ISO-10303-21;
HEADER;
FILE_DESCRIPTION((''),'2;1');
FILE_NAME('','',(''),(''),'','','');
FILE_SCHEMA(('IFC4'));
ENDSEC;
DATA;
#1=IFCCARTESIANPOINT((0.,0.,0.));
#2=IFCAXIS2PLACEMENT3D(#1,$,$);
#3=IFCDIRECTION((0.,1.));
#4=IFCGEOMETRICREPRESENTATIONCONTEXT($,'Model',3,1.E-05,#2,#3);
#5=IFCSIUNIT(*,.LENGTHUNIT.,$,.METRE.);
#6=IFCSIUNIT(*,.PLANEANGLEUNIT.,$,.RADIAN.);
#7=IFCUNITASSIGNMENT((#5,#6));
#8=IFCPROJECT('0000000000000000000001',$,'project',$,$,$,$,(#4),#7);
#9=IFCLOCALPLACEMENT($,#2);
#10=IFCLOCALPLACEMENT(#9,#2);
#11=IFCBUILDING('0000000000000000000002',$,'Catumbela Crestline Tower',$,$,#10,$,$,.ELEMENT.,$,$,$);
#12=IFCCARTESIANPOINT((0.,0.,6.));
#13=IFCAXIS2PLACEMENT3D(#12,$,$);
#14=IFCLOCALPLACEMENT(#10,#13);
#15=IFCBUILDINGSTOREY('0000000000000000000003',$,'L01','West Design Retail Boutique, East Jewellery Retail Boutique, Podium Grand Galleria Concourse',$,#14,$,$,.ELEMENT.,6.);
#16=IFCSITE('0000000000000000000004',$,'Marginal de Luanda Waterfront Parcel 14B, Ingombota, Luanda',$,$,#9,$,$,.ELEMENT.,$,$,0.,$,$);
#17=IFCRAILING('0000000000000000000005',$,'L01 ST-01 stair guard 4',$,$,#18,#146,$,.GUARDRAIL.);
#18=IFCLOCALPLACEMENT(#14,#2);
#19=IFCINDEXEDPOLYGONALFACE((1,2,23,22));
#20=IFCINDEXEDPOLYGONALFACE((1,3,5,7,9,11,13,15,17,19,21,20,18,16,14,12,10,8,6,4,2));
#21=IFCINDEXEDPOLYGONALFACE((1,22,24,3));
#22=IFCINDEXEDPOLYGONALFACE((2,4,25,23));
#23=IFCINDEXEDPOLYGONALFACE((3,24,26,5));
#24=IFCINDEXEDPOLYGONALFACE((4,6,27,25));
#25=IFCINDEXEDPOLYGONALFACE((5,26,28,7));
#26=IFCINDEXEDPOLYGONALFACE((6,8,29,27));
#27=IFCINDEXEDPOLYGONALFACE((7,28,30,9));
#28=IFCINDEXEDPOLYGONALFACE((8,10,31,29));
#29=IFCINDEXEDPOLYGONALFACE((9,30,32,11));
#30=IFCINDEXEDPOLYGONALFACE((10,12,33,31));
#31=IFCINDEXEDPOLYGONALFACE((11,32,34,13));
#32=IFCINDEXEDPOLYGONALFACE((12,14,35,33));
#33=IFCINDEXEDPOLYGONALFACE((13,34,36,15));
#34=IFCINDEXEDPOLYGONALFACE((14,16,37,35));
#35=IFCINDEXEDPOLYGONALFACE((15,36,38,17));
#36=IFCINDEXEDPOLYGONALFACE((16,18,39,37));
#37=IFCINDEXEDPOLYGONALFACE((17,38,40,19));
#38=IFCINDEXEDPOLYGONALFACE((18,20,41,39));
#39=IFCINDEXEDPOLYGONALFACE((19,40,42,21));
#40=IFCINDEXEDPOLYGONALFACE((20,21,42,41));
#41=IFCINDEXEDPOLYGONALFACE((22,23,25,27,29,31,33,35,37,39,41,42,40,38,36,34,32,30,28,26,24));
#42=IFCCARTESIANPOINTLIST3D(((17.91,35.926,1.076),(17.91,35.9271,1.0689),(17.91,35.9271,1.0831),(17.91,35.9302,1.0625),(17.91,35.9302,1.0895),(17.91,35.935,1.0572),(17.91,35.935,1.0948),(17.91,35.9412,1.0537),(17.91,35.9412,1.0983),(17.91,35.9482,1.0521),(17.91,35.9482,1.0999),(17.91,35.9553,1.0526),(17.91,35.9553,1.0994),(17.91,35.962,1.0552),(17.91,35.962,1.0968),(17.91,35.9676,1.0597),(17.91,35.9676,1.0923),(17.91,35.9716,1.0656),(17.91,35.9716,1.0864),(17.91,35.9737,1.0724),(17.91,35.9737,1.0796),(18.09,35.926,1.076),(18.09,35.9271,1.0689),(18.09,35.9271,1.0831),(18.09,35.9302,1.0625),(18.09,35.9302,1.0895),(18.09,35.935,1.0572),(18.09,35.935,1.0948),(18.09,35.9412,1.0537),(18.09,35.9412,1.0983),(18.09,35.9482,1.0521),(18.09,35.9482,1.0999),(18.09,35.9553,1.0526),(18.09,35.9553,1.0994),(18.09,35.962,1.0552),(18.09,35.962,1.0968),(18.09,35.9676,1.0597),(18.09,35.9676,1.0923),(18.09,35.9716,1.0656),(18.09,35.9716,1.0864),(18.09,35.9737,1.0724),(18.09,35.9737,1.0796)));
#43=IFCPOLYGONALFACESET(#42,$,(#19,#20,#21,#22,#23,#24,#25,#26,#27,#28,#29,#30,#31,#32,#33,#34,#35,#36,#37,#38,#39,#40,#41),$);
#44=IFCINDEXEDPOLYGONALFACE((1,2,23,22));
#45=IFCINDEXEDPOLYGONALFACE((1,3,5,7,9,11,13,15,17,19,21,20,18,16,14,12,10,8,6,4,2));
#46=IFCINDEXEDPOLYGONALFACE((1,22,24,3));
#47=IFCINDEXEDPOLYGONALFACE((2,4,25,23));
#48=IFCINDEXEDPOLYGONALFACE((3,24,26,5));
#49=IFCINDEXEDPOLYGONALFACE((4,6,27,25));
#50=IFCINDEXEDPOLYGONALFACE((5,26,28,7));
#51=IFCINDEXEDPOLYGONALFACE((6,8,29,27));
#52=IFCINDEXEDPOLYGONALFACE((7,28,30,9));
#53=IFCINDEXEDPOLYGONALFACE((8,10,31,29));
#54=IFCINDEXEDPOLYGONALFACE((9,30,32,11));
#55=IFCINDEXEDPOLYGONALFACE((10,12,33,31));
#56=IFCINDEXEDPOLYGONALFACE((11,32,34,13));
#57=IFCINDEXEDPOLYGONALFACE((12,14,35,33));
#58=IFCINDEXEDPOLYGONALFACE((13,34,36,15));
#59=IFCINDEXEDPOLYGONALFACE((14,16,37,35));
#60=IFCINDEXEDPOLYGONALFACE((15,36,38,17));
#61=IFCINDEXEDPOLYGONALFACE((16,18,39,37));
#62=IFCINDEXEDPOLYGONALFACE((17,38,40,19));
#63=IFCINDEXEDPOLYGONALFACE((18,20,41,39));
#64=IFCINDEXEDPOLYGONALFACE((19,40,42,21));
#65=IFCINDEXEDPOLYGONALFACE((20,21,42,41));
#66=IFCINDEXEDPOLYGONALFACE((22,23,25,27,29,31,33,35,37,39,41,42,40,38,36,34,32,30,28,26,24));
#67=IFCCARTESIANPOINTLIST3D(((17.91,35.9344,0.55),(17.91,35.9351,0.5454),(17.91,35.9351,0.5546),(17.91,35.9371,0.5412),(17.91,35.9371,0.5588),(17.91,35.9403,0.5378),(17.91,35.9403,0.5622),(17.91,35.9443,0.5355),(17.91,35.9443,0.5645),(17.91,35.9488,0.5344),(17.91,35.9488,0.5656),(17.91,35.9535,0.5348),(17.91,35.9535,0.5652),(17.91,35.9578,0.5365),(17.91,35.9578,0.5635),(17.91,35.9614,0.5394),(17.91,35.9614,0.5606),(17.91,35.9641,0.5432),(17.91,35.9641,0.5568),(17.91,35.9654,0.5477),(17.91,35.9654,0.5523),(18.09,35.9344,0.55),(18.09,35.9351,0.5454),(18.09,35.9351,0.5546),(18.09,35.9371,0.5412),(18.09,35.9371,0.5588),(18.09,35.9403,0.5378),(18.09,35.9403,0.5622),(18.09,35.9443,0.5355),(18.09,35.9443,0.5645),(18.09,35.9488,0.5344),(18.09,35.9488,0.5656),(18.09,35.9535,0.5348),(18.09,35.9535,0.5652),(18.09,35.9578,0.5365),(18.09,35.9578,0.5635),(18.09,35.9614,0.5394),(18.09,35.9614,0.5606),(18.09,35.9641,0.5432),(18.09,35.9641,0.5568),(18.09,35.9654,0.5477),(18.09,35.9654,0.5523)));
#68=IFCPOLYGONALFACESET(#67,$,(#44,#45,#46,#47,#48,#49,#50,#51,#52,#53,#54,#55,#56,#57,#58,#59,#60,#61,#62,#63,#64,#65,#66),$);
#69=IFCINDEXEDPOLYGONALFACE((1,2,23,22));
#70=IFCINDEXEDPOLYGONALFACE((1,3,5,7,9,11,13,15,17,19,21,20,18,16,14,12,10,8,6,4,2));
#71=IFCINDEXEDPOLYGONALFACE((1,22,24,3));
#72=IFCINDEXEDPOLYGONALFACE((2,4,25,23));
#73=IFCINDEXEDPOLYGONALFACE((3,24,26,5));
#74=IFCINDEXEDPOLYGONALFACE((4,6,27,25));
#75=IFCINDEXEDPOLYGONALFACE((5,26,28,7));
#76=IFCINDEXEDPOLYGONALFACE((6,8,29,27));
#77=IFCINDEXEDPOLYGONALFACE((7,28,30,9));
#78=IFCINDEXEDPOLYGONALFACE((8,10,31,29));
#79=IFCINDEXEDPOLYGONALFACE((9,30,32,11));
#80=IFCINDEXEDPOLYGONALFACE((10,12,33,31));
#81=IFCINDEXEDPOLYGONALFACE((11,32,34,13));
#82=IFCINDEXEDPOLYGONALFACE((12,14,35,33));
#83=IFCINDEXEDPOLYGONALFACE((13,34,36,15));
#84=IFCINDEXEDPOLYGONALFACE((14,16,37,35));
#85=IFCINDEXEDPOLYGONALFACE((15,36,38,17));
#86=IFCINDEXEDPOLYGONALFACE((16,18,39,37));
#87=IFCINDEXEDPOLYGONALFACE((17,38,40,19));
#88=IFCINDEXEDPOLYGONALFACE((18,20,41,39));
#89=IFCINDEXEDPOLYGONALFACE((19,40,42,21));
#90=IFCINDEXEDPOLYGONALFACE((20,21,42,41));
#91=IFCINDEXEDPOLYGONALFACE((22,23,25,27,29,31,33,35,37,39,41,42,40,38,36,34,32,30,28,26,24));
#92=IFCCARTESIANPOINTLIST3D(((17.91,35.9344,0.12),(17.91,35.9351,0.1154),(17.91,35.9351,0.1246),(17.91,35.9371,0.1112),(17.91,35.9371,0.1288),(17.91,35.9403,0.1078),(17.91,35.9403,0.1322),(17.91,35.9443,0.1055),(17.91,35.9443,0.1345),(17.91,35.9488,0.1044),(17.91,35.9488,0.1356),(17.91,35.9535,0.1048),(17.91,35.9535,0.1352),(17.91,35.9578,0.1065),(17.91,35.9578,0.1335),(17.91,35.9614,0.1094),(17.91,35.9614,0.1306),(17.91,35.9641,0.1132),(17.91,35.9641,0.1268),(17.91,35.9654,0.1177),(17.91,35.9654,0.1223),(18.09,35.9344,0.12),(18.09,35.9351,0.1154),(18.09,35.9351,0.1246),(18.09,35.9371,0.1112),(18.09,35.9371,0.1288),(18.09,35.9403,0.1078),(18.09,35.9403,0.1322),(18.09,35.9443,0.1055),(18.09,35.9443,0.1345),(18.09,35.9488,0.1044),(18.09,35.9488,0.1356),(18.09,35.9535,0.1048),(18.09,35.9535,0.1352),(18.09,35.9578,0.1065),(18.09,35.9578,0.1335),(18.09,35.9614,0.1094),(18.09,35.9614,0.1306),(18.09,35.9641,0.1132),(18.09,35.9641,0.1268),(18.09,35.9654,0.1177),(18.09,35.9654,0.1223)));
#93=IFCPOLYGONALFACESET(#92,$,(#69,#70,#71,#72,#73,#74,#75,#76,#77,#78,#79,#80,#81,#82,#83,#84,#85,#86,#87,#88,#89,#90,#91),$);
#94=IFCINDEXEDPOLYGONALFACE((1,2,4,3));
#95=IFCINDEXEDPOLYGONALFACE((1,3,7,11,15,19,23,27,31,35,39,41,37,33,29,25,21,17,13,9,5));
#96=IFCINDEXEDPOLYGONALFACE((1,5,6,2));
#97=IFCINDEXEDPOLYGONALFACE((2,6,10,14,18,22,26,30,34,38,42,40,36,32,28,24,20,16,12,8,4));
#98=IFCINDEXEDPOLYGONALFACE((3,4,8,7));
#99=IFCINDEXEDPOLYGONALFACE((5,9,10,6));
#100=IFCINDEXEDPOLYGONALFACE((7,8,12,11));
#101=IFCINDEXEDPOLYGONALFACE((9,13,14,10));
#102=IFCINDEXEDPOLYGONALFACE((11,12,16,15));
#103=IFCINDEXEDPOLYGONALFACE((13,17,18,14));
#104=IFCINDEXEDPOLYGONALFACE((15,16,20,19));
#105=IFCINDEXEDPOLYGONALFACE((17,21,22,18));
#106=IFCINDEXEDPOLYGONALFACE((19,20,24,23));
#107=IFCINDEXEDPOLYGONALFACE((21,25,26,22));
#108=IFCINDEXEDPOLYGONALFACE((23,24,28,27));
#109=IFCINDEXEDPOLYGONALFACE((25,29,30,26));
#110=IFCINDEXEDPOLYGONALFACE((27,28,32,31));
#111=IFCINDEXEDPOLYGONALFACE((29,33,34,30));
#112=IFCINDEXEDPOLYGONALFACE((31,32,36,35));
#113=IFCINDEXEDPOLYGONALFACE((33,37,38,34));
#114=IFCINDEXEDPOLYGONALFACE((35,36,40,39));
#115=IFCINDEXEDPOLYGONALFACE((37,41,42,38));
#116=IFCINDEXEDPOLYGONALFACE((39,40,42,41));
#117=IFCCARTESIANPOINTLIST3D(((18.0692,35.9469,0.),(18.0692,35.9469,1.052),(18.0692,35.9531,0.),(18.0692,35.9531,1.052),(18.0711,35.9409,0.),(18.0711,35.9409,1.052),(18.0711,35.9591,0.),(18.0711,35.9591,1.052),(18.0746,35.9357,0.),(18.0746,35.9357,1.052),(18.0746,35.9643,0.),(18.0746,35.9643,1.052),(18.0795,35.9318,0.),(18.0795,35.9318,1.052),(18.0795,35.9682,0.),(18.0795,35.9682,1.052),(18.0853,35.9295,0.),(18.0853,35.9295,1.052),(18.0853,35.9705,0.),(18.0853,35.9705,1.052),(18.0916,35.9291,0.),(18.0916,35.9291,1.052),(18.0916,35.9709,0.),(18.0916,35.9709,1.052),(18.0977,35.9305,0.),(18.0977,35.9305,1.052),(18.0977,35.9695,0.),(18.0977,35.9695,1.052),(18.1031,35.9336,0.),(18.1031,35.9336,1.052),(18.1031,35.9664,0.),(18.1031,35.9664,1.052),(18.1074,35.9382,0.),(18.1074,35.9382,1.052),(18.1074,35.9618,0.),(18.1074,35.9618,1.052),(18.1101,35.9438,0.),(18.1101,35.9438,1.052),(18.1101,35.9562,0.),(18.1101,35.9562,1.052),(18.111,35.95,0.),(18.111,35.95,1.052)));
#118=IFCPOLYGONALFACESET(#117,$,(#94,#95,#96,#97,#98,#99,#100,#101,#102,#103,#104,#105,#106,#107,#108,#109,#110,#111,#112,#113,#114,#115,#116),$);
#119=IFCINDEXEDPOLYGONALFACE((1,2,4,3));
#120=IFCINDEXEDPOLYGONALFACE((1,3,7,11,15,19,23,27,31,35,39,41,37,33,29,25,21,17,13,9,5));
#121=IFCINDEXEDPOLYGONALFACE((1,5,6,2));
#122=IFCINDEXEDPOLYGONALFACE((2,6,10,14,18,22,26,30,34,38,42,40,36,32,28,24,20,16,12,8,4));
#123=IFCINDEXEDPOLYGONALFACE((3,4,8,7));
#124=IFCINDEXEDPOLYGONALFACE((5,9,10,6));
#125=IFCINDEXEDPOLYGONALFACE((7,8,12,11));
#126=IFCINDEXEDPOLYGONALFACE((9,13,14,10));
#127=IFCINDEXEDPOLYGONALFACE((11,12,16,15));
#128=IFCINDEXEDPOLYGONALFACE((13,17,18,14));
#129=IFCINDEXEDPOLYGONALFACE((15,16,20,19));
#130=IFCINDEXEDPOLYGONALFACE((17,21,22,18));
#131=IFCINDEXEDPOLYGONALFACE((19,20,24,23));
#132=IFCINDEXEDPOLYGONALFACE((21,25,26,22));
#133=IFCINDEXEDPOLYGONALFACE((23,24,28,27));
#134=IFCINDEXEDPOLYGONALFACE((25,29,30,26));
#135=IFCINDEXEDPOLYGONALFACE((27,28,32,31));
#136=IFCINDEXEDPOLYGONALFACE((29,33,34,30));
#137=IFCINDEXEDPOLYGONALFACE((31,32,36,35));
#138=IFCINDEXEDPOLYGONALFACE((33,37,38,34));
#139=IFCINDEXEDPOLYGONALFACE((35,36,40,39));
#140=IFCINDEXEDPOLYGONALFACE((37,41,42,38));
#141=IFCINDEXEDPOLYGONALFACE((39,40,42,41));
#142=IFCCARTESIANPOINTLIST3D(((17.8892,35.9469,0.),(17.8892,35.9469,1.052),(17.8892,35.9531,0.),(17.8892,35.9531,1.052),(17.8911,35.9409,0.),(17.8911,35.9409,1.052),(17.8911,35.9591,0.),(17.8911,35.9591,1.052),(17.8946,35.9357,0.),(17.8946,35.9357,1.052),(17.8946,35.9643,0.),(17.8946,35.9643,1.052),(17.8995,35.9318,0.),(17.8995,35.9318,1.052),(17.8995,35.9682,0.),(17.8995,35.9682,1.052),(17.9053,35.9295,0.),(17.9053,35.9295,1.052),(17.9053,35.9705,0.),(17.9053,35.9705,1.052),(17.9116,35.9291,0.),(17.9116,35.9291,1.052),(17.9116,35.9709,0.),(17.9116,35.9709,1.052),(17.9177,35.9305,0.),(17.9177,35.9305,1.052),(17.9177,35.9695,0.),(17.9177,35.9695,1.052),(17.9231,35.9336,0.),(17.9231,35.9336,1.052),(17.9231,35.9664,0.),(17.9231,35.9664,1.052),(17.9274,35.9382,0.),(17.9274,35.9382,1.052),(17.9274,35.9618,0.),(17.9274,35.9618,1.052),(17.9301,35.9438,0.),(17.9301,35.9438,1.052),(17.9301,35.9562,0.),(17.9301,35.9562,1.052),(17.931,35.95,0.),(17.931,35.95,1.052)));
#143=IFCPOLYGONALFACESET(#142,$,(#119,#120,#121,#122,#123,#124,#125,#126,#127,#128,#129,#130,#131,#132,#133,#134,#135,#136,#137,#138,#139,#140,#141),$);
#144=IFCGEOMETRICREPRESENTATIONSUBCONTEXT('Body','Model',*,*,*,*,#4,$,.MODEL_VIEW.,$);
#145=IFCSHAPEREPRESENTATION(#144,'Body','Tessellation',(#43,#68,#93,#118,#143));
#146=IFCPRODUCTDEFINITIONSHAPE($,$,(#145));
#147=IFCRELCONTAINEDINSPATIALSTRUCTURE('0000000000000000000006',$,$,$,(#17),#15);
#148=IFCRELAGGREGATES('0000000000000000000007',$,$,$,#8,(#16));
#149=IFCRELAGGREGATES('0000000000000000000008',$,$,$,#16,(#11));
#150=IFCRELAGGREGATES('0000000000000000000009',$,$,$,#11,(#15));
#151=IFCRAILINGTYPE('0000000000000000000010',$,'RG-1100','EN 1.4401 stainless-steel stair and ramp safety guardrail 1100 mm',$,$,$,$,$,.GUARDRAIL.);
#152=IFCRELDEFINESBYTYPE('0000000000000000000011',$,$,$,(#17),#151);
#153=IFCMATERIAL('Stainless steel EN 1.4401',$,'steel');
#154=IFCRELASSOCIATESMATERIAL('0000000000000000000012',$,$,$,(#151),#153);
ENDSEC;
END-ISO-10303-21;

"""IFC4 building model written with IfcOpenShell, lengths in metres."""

from ifc_helpers import new_model, si_unit, direction, frame, origin, origin_2d, place, context, subcontext, project, spatial, circle, extrude, material, type_object, element, save


model = new_model("IFC4")

# Units and contexts
model_context = context("Model", 3, precision=1e-05, world=origin(), true_north=direction((0.0, 1.0)))
body_context = subcontext(model_context, "Body", "Model", "MODEL_VIEW")
ifc_project = project(units=[si_unit("LENGTHUNIT", "METRE"), si_unit("PLANEANGLEUNIT", "RADIAN")], contexts=[model_context])

# Site, building, storey
site_placement = place(None, origin())
site = spatial("IfcSite", under=ifc_project, at=site_placement, Name="Marginal de Luanda Waterfront Parcel 14B, Ingombota, Luanda", CompositionType="ELEMENT", RefElevation=0.0)
building_placement = place(site_placement, origin())
building = spatial("IfcBuilding", under=site, at=building_placement, Name="Catumbela Crestline Tower", CompositionType="ELEMENT")
storey_placement = place(building_placement, frame((0.0, 0.0, 6.0)))
storey = spatial("IfcBuildingStorey", under=building, at=storey_placement, Name="L01", Description="West Design Retail Boutique, East Jewellery Retail Boutique, Podium Grand Galleria Concourse", CompositionType="ELEMENT", Elevation=6.0)

# Shared definitions
ifc_material_1 = material(Name="Stainless steel EN 1.4401", Category="steel")

# Railing
railing_type_1 = type_object("IfcRailingType", Name="RG-1100", Description="EN 1.4401 stainless-steel stair and ramp safety guardrail 1100 mm", PredefinedType="GUARDRAIL", material=ifc_material_1)
railing_1_placement = place(storey_placement, frame((18.09, 35.95, 0.0)))
element("IfcRailing", 1, at=railing_1_placement, inside=storey, type_object=railing_type_1, Name="L01 ST-01 stair guard 4", PredefinedType="GUARDRAIL", context=body_context, shape_type="SweptSolid", body=[
    extrude(circle(Radius=0.024, at=origin_2d()), frame((0.0, 0.0, 1.076), z_axis=(-1.0, 0.0, 0.0), x_axis=(0.0, -1.0, 0.0)), (0.0, 0.0, 1.0), 0.18),
    extrude(circle(Radius=0.0156, at=origin_2d()), frame((0.0, 0.0, 0.55), z_axis=(-1.0, 0.0, 0.0), x_axis=(0.0, -1.0, 0.0)), (0.0, 0.0, 1.0), 0.18),
    extrude(circle(Radius=0.0156, at=origin_2d()), frame((0.0, 0.0, 0.12), z_axis=(-1.0, 0.0, 0.0), x_axis=(0.0, -1.0, 0.0)), (0.0, 0.0, 1.0), 0.18),
    extrude(circle(Radius=0.021, at=origin_2d()), origin(), (0.0, 0.0, 1.0), 1.052),
    extrude(circle(Radius=0.021, at=origin_2d()), frame((-0.18, 0.0, 0.0)), (0.0, 0.0, 1.0), 1.052),
])

save(model, "model.ifc")
